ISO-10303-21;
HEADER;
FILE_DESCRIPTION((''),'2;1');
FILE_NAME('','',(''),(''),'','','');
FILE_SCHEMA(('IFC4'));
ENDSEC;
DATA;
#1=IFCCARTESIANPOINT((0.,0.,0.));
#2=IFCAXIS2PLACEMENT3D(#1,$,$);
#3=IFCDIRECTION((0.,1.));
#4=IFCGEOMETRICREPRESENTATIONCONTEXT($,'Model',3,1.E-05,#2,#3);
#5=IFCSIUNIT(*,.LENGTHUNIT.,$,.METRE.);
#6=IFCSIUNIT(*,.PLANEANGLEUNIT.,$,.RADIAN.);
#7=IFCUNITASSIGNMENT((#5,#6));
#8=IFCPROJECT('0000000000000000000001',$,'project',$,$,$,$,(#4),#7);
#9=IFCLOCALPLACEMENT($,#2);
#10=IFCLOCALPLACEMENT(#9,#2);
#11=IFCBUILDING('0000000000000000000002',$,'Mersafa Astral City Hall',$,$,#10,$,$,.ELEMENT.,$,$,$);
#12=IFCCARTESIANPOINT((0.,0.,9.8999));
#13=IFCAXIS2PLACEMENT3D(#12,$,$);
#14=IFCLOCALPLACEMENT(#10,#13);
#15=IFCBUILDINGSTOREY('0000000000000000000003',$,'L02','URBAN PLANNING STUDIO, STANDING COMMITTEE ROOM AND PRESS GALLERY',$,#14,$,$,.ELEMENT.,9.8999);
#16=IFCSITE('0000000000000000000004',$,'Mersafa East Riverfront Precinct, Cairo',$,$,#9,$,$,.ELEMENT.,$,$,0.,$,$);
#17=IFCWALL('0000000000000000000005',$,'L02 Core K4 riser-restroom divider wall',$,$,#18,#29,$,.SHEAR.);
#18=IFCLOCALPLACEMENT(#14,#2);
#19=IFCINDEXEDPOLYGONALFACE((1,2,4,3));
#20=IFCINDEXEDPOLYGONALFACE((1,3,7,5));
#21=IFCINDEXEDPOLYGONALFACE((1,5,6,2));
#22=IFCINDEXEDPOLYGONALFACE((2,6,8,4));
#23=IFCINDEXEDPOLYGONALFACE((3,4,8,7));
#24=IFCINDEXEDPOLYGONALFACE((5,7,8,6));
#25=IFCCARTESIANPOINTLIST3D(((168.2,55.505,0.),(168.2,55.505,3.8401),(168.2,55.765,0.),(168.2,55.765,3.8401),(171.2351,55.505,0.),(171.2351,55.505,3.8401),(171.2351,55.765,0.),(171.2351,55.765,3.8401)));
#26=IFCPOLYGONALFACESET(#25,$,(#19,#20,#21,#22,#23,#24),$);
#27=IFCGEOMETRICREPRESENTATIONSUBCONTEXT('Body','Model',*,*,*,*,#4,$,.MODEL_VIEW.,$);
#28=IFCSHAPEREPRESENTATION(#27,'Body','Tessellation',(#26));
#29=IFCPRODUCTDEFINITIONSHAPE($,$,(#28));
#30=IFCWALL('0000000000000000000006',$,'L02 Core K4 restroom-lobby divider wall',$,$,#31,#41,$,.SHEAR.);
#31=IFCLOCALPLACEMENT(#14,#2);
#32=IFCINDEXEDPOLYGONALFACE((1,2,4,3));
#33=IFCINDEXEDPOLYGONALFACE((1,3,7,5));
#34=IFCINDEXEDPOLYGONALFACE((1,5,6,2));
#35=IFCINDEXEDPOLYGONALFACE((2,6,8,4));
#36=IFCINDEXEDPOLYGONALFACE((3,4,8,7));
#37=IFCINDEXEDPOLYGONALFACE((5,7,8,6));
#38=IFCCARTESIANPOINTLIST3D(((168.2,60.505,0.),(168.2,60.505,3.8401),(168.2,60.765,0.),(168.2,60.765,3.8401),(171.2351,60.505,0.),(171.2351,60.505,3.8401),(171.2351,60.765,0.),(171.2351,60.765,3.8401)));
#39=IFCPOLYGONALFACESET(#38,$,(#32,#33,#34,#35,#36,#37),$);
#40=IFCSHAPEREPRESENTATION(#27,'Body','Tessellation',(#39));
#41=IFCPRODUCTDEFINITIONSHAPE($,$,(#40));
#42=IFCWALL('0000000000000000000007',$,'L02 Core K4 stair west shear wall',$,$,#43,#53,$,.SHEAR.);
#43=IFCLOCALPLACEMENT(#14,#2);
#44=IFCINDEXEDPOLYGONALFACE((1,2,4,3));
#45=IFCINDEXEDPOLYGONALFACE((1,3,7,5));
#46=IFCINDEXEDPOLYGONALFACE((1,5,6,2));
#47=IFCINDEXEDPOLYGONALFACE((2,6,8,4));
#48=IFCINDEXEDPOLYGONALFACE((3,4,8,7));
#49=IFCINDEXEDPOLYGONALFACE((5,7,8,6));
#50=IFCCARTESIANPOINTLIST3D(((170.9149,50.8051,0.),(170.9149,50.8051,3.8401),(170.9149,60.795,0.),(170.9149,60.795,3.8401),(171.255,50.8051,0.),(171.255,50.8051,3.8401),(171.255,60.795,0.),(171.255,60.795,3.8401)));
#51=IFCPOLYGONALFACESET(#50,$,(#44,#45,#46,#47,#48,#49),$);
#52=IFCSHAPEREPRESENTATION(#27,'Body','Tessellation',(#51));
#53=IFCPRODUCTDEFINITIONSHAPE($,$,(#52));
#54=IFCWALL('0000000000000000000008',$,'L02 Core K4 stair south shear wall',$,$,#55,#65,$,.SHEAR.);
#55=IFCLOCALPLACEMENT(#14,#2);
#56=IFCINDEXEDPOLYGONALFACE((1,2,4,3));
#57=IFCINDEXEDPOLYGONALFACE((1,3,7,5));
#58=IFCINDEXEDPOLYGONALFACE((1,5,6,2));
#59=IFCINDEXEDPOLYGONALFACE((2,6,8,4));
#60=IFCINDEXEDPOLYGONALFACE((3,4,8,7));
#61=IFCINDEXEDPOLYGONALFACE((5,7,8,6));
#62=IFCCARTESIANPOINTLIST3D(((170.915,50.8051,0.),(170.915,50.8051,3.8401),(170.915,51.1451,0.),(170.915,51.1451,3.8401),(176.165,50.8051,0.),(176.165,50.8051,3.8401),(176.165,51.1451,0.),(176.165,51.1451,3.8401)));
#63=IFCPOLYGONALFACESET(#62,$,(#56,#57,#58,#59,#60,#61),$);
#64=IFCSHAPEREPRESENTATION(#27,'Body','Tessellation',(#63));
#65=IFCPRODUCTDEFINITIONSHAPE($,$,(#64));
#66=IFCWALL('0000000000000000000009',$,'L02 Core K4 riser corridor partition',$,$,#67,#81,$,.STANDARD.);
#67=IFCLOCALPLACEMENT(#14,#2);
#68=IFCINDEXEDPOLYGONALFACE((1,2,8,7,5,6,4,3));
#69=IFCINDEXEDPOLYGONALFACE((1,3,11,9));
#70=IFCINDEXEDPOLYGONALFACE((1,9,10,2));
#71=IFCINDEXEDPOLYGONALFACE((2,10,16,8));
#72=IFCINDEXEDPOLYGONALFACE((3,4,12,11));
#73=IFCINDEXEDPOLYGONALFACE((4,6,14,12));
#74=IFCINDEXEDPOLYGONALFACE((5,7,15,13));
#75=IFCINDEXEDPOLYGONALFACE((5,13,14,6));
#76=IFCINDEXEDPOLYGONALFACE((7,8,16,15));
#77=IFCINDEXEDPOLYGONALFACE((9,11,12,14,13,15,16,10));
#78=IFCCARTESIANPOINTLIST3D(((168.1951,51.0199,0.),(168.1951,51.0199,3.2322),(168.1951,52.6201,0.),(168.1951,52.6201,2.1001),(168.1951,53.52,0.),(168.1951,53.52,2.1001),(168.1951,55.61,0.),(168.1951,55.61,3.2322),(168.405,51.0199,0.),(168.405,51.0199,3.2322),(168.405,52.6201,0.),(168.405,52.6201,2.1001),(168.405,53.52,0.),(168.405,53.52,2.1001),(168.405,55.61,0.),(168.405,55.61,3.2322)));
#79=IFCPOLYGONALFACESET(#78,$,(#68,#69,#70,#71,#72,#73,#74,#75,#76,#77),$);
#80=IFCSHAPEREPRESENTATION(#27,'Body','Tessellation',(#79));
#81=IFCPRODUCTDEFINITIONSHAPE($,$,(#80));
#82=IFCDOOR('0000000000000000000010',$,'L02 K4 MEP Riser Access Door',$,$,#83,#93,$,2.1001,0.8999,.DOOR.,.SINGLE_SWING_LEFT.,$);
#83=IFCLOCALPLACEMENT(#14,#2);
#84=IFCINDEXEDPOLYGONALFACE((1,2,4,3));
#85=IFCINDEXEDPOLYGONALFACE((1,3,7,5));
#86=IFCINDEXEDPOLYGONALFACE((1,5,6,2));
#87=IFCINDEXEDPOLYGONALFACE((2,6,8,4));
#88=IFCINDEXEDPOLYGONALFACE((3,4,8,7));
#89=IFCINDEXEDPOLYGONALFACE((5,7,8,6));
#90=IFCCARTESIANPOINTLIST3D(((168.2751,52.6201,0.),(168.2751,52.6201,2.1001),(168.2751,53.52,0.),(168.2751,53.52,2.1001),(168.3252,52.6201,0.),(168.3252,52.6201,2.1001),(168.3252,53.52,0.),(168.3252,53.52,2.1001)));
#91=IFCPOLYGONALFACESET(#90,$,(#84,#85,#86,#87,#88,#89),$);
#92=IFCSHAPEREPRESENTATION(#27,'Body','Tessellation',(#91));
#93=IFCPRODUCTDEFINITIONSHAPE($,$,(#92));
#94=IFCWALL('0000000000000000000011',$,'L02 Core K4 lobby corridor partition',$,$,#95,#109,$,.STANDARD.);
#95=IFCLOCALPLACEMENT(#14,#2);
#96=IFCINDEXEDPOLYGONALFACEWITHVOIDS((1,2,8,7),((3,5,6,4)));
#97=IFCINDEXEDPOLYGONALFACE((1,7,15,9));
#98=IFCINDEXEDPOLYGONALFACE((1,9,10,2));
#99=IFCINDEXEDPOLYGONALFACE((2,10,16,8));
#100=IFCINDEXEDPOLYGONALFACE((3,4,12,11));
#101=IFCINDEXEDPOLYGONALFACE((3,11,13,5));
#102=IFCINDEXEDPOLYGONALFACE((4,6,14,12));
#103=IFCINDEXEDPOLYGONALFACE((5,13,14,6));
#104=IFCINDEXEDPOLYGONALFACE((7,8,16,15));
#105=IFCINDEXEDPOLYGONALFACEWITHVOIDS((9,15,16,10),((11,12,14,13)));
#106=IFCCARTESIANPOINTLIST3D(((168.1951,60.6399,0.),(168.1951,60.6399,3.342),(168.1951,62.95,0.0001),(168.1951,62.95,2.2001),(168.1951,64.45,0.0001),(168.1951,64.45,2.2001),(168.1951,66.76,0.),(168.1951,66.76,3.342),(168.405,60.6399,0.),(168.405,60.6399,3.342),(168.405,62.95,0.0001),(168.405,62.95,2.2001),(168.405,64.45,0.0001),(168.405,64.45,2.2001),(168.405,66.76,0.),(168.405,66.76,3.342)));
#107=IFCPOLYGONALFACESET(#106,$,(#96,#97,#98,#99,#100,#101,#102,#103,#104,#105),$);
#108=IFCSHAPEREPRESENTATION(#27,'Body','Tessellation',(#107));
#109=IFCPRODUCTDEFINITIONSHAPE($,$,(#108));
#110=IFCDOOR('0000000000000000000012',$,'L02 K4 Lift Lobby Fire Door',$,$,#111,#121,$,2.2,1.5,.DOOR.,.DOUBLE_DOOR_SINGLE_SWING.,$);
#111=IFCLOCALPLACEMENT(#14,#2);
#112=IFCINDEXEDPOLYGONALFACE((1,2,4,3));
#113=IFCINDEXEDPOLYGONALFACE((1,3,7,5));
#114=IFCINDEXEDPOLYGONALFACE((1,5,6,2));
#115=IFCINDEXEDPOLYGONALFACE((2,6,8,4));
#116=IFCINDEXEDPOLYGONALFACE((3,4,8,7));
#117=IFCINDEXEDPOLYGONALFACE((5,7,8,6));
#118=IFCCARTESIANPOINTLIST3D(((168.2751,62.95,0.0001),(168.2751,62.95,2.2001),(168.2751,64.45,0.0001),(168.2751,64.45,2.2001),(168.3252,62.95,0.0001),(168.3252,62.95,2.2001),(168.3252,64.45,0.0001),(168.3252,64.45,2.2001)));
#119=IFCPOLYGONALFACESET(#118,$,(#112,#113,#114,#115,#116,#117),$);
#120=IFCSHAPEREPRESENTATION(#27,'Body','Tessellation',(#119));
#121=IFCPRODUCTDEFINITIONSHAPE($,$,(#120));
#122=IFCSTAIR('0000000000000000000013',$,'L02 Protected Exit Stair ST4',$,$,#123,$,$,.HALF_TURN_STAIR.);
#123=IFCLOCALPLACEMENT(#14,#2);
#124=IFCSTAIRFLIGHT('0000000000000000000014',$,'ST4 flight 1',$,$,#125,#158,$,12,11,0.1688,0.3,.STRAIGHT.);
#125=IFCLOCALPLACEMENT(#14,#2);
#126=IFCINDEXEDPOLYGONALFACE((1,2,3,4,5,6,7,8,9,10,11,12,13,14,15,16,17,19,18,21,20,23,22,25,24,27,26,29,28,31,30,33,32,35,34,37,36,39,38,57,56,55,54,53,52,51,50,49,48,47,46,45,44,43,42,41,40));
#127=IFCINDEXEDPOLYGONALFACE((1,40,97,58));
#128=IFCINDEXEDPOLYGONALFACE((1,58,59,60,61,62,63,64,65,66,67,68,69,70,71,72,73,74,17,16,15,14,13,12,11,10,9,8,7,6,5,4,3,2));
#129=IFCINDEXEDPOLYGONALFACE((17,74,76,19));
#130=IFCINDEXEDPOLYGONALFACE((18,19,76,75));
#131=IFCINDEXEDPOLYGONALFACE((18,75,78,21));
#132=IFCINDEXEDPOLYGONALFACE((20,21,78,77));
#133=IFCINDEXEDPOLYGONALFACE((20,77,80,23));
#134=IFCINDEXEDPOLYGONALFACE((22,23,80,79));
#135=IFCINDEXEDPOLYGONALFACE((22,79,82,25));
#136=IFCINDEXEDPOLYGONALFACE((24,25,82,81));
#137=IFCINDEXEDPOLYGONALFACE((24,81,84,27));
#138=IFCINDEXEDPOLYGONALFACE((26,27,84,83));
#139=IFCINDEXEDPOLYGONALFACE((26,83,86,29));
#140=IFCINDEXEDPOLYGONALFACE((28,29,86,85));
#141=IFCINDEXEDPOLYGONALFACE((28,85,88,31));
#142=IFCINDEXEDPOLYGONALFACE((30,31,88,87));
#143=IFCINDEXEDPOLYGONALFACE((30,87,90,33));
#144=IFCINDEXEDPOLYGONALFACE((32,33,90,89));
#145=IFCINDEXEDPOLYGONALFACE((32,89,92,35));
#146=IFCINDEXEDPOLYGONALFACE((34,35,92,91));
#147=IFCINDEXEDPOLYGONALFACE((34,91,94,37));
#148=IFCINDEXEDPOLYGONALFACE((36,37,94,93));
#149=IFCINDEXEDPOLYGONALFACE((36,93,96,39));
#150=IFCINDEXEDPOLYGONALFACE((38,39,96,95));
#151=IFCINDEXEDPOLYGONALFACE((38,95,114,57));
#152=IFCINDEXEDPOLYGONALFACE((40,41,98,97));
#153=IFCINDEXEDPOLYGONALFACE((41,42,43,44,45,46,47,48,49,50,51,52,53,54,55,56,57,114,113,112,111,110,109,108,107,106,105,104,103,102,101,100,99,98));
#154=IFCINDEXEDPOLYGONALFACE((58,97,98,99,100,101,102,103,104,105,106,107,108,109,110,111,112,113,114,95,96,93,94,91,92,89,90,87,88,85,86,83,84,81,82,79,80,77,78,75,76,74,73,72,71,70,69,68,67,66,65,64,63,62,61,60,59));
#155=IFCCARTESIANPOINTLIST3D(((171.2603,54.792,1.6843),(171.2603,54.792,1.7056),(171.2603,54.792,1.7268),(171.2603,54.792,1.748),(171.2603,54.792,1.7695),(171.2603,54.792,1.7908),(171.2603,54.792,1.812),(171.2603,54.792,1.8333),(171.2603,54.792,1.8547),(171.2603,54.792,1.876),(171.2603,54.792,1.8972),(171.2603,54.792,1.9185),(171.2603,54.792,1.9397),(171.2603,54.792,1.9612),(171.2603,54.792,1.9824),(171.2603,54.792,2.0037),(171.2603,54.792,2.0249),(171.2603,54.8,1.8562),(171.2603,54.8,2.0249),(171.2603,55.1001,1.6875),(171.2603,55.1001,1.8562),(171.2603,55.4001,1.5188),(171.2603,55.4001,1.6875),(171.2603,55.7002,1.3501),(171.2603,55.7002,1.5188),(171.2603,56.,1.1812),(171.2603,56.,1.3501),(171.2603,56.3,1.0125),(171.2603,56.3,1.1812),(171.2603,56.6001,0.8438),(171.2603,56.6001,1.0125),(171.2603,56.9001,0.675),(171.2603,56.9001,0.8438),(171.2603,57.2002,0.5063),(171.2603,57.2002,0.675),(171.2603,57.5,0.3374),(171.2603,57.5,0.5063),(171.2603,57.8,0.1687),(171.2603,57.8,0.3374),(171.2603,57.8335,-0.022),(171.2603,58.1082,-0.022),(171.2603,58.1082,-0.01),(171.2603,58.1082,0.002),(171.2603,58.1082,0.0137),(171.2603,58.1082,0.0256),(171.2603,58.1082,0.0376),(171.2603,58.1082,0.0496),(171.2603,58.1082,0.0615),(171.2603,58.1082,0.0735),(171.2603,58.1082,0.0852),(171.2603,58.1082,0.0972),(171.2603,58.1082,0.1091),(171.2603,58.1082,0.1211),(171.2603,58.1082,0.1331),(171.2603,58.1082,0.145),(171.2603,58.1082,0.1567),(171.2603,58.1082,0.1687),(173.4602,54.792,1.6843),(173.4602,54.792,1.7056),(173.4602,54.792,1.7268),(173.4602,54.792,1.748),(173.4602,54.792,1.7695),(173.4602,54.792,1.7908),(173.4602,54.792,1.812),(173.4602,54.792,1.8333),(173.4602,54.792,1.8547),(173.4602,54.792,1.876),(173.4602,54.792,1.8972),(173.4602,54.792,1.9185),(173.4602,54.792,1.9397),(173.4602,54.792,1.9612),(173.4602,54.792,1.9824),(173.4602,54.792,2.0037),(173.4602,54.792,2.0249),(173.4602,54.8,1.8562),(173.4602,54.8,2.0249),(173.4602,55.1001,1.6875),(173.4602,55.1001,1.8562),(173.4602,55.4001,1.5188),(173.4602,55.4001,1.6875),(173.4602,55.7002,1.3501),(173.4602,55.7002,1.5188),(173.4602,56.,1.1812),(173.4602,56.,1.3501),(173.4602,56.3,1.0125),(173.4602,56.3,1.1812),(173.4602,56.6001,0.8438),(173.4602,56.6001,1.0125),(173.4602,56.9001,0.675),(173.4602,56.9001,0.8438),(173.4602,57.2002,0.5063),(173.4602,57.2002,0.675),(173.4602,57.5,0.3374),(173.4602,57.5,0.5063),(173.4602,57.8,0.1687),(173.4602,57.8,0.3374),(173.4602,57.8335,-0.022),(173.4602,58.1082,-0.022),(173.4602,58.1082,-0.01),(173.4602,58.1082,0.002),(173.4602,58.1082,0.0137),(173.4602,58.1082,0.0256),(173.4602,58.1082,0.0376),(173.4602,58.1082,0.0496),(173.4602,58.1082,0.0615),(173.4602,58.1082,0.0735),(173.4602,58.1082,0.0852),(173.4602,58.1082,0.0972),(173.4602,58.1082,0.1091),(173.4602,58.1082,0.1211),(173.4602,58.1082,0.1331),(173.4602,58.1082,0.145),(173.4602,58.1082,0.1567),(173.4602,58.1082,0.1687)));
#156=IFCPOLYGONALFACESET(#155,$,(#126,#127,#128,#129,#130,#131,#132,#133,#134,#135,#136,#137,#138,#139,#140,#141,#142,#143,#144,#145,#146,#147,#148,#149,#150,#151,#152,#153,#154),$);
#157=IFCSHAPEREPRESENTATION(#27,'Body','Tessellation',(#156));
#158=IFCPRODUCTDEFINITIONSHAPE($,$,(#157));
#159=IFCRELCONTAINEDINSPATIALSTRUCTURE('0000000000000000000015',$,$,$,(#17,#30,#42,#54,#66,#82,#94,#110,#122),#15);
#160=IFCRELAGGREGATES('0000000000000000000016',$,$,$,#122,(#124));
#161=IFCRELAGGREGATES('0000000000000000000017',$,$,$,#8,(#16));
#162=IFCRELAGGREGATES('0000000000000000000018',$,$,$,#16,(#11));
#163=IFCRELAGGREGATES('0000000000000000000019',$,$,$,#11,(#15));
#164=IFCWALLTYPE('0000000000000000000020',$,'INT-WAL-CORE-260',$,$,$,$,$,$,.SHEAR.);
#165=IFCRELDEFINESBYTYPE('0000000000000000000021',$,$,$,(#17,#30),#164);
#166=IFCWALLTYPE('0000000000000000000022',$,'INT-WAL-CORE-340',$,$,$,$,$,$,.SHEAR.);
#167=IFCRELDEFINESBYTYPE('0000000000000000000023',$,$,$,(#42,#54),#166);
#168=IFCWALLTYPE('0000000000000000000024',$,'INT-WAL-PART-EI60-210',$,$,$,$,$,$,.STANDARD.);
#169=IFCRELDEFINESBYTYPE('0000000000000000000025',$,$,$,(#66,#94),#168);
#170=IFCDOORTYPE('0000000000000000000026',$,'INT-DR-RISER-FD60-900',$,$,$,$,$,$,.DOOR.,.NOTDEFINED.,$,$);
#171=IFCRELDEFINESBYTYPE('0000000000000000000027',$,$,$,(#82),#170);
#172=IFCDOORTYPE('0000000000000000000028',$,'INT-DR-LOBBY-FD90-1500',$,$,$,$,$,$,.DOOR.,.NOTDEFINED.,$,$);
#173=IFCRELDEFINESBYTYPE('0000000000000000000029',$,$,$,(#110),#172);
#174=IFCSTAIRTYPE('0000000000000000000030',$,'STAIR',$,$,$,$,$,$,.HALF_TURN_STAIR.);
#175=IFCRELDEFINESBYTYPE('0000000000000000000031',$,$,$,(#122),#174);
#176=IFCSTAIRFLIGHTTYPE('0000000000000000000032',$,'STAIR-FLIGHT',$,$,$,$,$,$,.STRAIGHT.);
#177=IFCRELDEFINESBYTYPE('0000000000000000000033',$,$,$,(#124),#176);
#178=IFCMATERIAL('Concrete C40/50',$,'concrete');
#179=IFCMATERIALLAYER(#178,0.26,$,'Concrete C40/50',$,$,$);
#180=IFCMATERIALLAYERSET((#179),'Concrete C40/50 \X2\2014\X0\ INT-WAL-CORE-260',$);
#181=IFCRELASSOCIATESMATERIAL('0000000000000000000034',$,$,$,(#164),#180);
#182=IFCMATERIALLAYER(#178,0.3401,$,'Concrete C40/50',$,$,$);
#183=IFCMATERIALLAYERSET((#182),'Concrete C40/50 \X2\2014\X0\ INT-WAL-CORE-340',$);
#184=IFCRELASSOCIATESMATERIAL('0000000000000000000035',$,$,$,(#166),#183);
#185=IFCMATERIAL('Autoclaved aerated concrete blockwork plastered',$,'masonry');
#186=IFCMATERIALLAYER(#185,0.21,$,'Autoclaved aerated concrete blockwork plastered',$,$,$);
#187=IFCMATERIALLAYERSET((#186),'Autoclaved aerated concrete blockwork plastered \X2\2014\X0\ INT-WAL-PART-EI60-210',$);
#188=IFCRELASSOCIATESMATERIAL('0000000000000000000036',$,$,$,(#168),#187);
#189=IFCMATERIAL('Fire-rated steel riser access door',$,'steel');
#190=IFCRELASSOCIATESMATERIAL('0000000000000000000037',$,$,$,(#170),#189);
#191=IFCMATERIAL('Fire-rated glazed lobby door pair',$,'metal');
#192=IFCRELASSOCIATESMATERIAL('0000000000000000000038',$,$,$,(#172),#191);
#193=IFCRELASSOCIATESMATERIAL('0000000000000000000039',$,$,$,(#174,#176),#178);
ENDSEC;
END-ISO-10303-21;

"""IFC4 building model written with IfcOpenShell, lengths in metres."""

from ifc_helpers import new_model, si_unit, direction, frame, frame_2d, origin, place, context, subcontext, project, spatial, polyline, rectangle, outline, extrude, material, layer, layer_set, type_object, element, fill, aggregate, save


model = new_model("IFC4")

# Units and contexts
model_context = context("Model", 3, precision=1e-05, world=origin(), true_north=direction((0.0, 1.0)))
body_context = subcontext(model_context, "Body", "Model", "MODEL_VIEW")
ifc_project = project(units=[si_unit("LENGTHUNIT", "METRE"), si_unit("PLANEANGLEUNIT", "RADIAN")], contexts=[model_context])

# Site, building, storey
site_placement = place(None, origin())
site = spatial("IfcSite", under=ifc_project, at=site_placement, Name="Mersafa East Riverfront Precinct, Cairo", CompositionType="ELEMENT", RefElevation=0.0)
building_placement = place(site_placement, origin())
building = spatial("IfcBuilding", under=site, at=building_placement, Name="Mersafa Astral City Hall", CompositionType="ELEMENT")
storey_placement = place(building_placement, frame((0.0, 0.0, 9.8999)))
storey = spatial("IfcBuildingStorey", under=building, at=storey_placement, Name="L02", Description="URBAN PLANNING STUDIO, STANDING COMMITTEE ROOM AND PRESS GALLERY", CompositionType="ELEMENT", Elevation=9.8999)

# Shared definitions
ifc_material_1 = material(Name="Concrete C40/50", Category="concrete")
ifc_layer_1 = layer(ifc_material_1, 0.26, Name="Concrete C40/50")
ifc_layer_set_1 = layer_set([ifc_layer_1], Name="Concrete C40/50 — INT-WAL-CORE-260")
wall_type_1 = type_object("IfcWallType", Name="INT-WAL-CORE-260", PredefinedType="SHEAR", material=ifc_layer_set_1)

# Walls
for number, where, z_axis, x_axis, name in (
    (1, (168.2, 55.635, 0.0), (0.0, 0.0, 1.0), (1.0, 0.0, 0.0), "L02 Core K4 riser-restroom divider wall"),
    (2, (168.2, 60.635, 0.0), (0.0, 0.0, 1.0), (1.0, 0.0, 0.0), "L02 Core K4 restroom-lobby divider wall"),
):
    element("IfcWall", number, at=place(storey_placement, frame(where, z_axis=z_axis, x_axis=x_axis)), inside=storey, type_object=wall_type_1, Name=name, PredefinedType="SHEAR", context=body_context, shape_type="SweptSolid", body=[
        extrude(rectangle(XDim=3.0352, YDim=0.26, at=frame_2d((1.5176, 0.0))), origin(), (0.0, 0.0, 1.0), 3.8401),
    ])
ifc_layer_2 = layer(ifc_material_1, 0.3401, Name="Concrete C40/50")
ifc_layer_set_2 = layer_set([ifc_layer_2], Name="Concrete C40/50 — INT-WAL-CORE-340")
wall_type_2 = type_object("IfcWallType", Name="INT-WAL-CORE-340", PredefinedType="SHEAR", material=ifc_layer_set_2)
wall_1_placement = place(storey_placement, frame((171.085, 50.8049, 0.0), z_axis=(0.0, 0.0, 1.0), x_axis=(0.0, 1.0, 0.0)))
element("IfcWall", 3, at=wall_1_placement, inside=storey, type_object=wall_type_2, Name="L02 Core K4 stair west shear wall", PredefinedType="SHEAR", context=body_context, shape_type="SweptSolid", body=[
    extrude(rectangle(XDim=9.99, YDim=0.3401, at=frame_2d((4.9951, 0.0))), origin(), (0.0, 0.0, 1.0), 3.8401),
])
wall_2_placement = place(storey_placement, frame((170.915, 50.9751, 0.0), z_axis=(0.0, 0.0, 1.0), x_axis=(1.0, 0.0, 0.0)))
element("IfcWall", 4, at=wall_2_placement, inside=storey, type_object=wall_type_2, Name="L02 Core K4 stair south shear wall", PredefinedType="SHEAR", context=body_context, shape_type="SweptSolid", body=[
    extrude(rectangle(XDim=5.25, YDim=0.3401, at=frame_2d((2.625, 0.0))), origin(), (0.0, 0.0, 1.0), 3.8401),
])

# Walls, openings, doors
ifc_material_2 = material(Name="Autoclaved aerated concrete blockwork plastered", Category="masonry")
ifc_layer_3 = layer(ifc_material_2, 0.21, Name="Autoclaved aerated concrete blockwork plastered")
ifc_layer_set_3 = layer_set([ifc_layer_3], Name="Autoclaved aerated concrete blockwork plastered — INT-WAL-PART-EI60-210")
wall_type_3 = type_object("IfcWallType", Name="INT-WAL-PART-EI60-210", PredefinedType="STANDARD", material=ifc_layer_set_3)
wall_3_placement = place(storey_placement, frame((168.3, 51.02, 0.0), z_axis=(0.0, 0.0, 1.0), x_axis=(0.0, 1.0, 0.0)))
wall_3 = element("IfcWall", 5, at=wall_3_placement, inside=storey, type_object=wall_type_3, Name="L02 Core K4 riser corridor partition", PredefinedType="STANDARD", context=body_context, shape_type="SweptSolid", body=[
    extrude(rectangle(XDim=4.5901, YDim=0.21, at=frame_2d((2.2949, 0.0))), origin(), (0.0, 0.0, 1.0), 3.2322),
])
opening_1_placement = place(wall_3_placement, frame((1.6001, 0.0, 0.0)))
opening_1 = element("IfcOpeningElement", 6, at=opening_1_placement, cuts=wall_3, PredefinedType="OPENING", context=body_context, shape_type="SweptSolid", body=[
    extrude(rectangle(XDim=0.8999, YDim=2.1001, at=frame_2d((0.45, 1.05))), frame((0.0, 0.115, 0.0), z_axis=(0.0, -1.0, 0.0), x_axis=(1.0, 0.0, 0.0)), (0.0, 0.0, 1.0), 0.23),
])
ifc_material_3 = material(Name="Fire-rated steel riser access door", Category="steel")
door_type_1 = type_object("IfcDoorType", Name="INT-DR-RISER-FD60-900", OperationType="NOTDEFINED", PredefinedType="DOOR", material=ifc_material_3)
door_1_placement = place(opening_1_placement, origin())
door_1 = element("IfcDoor", 7, at=door_1_placement, inside=storey, type_object=door_type_1, Name="L02 K4 MEP Riser Access Door", OperationType="SINGLE_SWING_LEFT", OverallHeight=2.1001, OverallWidth=0.8999, PredefinedType="DOOR", context=body_context, shape_type="SweptSolid", body=[
    extrude(rectangle(XDim=0.8999, YDim=2.1001, at=frame_2d((0.45, 1.05))), frame((0.0, 0.0249, 0.0), z_axis=(0.0, -1.0, 0.0), x_axis=(1.0, 0.0, 0.0)), (0.0, 0.0, 1.0), 0.05),
])
fill(opening_1, door_1)
wall_4_placement = place(storey_placement, frame((168.3, 60.6399, 0.0), z_axis=(0.0, 0.0, 1.0), x_axis=(0.0, 1.0, 0.0)))
wall_4 = element("IfcWall", 8, at=wall_4_placement, inside=storey, type_object=wall_type_3, Name="L02 Core K4 lobby corridor partition", PredefinedType="STANDARD", context=body_context, shape_type="SweptSolid", body=[
    extrude(rectangle(XDim=6.1201, YDim=0.21, at=frame_2d((3.0601, 0.0))), origin(), (0.0, 0.0, 1.0), 3.342),
])
opening_2_placement = place(wall_4_placement, frame((2.3101, 0.0, 0.0)))
opening_2 = element("IfcOpeningElement", 9, at=opening_2_placement, cuts=wall_4, PredefinedType="OPENING", context=body_context, shape_type="SweptSolid", body=[
    extrude(rectangle(XDim=1.5, YDim=2.2, at=frame_2d((0.75, 1.1001))), frame((0.0, 0.115, 0.0), z_axis=(0.0, -1.0, 0.0), x_axis=(1.0, 0.0, 0.0)), (0.0, 0.0, 1.0), 0.23),
])
ifc_material_4 = material(Name="Fire-rated glazed lobby door pair", Category="metal")
door_type_2 = type_object("IfcDoorType", Name="INT-DR-LOBBY-FD90-1500", OperationType="NOTDEFINED", PredefinedType="DOOR", material=ifc_material_4)
door_2_placement = place(opening_2_placement, origin())
door_2 = element("IfcDoor", 10, at=door_2_placement, inside=storey, type_object=door_type_2, Name="L02 K4 Lift Lobby Fire Door", OperationType="DOUBLE_DOOR_SINGLE_SWING", OverallHeight=2.2, OverallWidth=1.5, PredefinedType="DOOR", context=body_context, shape_type="SweptSolid", body=[
    extrude(rectangle(XDim=1.5, YDim=2.2, at=frame_2d((0.75, 1.1001))), frame((0.0, 0.0249, 0.0), z_axis=(0.0, -1.0, 0.0), x_axis=(1.0, 0.0, 0.0)), (0.0, 0.0, 1.0), 0.05),
])
fill(opening_2, door_2)

# Stair, stair flight
stair_type = type_object("IfcStairType", Name="STAIR", PredefinedType="HALF_TURN_STAIR", material=ifc_material_1)
stair_placement = place(storey_placement, origin())
stair = element("IfcStair", 11, at=stair_placement, inside=storey, type_object=stair_type, Name="L02 Protected Exit Stair ST4", PredefinedType="HALF_TURN_STAIR")
stair_flight_type = type_object("IfcStairFlightType", Name="STAIR-FLIGHT", PredefinedType="STRAIGHT", material=ifc_material_1)
stair_flight_placement = place(storey_placement, frame((172.3601, 58.1001, 0.0), z_axis=(0.0, 0.0, 1.0), x_axis=(0.0, -1.0, 0.0)))
stair_flight = element("IfcStairFlight", 12, at=stair_flight_placement, type_object=stair_flight_type, Name="ST4 flight 1", NumberOfRisers=12, NumberOfTreads=11, PredefinedType="STRAIGHT", RiserHeight=0.1688, TreadLength=0.3, context=body_context, shape_type="SweptSolid", body=[
    extrude(outline(polyline([(-0.0081, -0.022), (-0.0081, -0.01), (-0.0081, 0.002), (-0.0081, 0.0137), (-0.0081, 0.0256), (-0.0081, 0.0376), (-0.0081, 0.0496), (-0.0081, 0.0615), (-0.0081, 0.0735), (-0.0081, 0.0852), (-0.0081, 0.0972), (-0.0081, 0.1091), (-0.0081, 0.1211), (-0.0081, 0.1331), (-0.0081, 0.145), (-0.0081, 0.1567), (-0.0081, 0.1687), (0.3, 0.1687), (0.3, 0.3374), (0.6001, 0.3374), (0.6001, 0.5063), (0.8999, 0.5063), (0.8999, 0.675), (1.2, 0.675), (1.2, 0.8438), (1.5, 0.8438), (1.5, 1.0125), (1.8, 1.0125), (1.8, 1.1812), (2.1001, 1.1812), (2.1001, 1.3501), (2.3999, 1.3501), (2.3999, 1.5188), (2.7, 1.5188), (2.7, 1.6875), (3.0, 1.6875), (3.0, 1.8562), (3.3, 1.8562), (3.3, 2.0249), (3.3081, 2.0249), (3.3081, 2.0037), (3.3081, 1.9824), (3.3081, 1.9612), (3.3081, 1.9397), (3.3081, 1.9185), (3.3081, 1.8972), (3.3081, 1.876), (3.3081, 1.8547), (3.3081, 1.8333), (3.3081, 1.812), (3.3081, 1.7908), (3.3081, 1.7695), (3.3081, 1.748), (3.3081, 1.7268), (3.3081, 1.7056), (3.3081, 1.6843), (0.2666, -0.022), (-0.0081, -0.022)])), frame((0.0, 1.1001, 0.0), z_axis=(0.0, -1.0, 0.0), x_axis=(1.0, 0.0, 0.0)), (0.0, 0.0, 1.0), 2.2),
])
aggregate(stair, [stair_flight])

save(model, "model.ifc")
